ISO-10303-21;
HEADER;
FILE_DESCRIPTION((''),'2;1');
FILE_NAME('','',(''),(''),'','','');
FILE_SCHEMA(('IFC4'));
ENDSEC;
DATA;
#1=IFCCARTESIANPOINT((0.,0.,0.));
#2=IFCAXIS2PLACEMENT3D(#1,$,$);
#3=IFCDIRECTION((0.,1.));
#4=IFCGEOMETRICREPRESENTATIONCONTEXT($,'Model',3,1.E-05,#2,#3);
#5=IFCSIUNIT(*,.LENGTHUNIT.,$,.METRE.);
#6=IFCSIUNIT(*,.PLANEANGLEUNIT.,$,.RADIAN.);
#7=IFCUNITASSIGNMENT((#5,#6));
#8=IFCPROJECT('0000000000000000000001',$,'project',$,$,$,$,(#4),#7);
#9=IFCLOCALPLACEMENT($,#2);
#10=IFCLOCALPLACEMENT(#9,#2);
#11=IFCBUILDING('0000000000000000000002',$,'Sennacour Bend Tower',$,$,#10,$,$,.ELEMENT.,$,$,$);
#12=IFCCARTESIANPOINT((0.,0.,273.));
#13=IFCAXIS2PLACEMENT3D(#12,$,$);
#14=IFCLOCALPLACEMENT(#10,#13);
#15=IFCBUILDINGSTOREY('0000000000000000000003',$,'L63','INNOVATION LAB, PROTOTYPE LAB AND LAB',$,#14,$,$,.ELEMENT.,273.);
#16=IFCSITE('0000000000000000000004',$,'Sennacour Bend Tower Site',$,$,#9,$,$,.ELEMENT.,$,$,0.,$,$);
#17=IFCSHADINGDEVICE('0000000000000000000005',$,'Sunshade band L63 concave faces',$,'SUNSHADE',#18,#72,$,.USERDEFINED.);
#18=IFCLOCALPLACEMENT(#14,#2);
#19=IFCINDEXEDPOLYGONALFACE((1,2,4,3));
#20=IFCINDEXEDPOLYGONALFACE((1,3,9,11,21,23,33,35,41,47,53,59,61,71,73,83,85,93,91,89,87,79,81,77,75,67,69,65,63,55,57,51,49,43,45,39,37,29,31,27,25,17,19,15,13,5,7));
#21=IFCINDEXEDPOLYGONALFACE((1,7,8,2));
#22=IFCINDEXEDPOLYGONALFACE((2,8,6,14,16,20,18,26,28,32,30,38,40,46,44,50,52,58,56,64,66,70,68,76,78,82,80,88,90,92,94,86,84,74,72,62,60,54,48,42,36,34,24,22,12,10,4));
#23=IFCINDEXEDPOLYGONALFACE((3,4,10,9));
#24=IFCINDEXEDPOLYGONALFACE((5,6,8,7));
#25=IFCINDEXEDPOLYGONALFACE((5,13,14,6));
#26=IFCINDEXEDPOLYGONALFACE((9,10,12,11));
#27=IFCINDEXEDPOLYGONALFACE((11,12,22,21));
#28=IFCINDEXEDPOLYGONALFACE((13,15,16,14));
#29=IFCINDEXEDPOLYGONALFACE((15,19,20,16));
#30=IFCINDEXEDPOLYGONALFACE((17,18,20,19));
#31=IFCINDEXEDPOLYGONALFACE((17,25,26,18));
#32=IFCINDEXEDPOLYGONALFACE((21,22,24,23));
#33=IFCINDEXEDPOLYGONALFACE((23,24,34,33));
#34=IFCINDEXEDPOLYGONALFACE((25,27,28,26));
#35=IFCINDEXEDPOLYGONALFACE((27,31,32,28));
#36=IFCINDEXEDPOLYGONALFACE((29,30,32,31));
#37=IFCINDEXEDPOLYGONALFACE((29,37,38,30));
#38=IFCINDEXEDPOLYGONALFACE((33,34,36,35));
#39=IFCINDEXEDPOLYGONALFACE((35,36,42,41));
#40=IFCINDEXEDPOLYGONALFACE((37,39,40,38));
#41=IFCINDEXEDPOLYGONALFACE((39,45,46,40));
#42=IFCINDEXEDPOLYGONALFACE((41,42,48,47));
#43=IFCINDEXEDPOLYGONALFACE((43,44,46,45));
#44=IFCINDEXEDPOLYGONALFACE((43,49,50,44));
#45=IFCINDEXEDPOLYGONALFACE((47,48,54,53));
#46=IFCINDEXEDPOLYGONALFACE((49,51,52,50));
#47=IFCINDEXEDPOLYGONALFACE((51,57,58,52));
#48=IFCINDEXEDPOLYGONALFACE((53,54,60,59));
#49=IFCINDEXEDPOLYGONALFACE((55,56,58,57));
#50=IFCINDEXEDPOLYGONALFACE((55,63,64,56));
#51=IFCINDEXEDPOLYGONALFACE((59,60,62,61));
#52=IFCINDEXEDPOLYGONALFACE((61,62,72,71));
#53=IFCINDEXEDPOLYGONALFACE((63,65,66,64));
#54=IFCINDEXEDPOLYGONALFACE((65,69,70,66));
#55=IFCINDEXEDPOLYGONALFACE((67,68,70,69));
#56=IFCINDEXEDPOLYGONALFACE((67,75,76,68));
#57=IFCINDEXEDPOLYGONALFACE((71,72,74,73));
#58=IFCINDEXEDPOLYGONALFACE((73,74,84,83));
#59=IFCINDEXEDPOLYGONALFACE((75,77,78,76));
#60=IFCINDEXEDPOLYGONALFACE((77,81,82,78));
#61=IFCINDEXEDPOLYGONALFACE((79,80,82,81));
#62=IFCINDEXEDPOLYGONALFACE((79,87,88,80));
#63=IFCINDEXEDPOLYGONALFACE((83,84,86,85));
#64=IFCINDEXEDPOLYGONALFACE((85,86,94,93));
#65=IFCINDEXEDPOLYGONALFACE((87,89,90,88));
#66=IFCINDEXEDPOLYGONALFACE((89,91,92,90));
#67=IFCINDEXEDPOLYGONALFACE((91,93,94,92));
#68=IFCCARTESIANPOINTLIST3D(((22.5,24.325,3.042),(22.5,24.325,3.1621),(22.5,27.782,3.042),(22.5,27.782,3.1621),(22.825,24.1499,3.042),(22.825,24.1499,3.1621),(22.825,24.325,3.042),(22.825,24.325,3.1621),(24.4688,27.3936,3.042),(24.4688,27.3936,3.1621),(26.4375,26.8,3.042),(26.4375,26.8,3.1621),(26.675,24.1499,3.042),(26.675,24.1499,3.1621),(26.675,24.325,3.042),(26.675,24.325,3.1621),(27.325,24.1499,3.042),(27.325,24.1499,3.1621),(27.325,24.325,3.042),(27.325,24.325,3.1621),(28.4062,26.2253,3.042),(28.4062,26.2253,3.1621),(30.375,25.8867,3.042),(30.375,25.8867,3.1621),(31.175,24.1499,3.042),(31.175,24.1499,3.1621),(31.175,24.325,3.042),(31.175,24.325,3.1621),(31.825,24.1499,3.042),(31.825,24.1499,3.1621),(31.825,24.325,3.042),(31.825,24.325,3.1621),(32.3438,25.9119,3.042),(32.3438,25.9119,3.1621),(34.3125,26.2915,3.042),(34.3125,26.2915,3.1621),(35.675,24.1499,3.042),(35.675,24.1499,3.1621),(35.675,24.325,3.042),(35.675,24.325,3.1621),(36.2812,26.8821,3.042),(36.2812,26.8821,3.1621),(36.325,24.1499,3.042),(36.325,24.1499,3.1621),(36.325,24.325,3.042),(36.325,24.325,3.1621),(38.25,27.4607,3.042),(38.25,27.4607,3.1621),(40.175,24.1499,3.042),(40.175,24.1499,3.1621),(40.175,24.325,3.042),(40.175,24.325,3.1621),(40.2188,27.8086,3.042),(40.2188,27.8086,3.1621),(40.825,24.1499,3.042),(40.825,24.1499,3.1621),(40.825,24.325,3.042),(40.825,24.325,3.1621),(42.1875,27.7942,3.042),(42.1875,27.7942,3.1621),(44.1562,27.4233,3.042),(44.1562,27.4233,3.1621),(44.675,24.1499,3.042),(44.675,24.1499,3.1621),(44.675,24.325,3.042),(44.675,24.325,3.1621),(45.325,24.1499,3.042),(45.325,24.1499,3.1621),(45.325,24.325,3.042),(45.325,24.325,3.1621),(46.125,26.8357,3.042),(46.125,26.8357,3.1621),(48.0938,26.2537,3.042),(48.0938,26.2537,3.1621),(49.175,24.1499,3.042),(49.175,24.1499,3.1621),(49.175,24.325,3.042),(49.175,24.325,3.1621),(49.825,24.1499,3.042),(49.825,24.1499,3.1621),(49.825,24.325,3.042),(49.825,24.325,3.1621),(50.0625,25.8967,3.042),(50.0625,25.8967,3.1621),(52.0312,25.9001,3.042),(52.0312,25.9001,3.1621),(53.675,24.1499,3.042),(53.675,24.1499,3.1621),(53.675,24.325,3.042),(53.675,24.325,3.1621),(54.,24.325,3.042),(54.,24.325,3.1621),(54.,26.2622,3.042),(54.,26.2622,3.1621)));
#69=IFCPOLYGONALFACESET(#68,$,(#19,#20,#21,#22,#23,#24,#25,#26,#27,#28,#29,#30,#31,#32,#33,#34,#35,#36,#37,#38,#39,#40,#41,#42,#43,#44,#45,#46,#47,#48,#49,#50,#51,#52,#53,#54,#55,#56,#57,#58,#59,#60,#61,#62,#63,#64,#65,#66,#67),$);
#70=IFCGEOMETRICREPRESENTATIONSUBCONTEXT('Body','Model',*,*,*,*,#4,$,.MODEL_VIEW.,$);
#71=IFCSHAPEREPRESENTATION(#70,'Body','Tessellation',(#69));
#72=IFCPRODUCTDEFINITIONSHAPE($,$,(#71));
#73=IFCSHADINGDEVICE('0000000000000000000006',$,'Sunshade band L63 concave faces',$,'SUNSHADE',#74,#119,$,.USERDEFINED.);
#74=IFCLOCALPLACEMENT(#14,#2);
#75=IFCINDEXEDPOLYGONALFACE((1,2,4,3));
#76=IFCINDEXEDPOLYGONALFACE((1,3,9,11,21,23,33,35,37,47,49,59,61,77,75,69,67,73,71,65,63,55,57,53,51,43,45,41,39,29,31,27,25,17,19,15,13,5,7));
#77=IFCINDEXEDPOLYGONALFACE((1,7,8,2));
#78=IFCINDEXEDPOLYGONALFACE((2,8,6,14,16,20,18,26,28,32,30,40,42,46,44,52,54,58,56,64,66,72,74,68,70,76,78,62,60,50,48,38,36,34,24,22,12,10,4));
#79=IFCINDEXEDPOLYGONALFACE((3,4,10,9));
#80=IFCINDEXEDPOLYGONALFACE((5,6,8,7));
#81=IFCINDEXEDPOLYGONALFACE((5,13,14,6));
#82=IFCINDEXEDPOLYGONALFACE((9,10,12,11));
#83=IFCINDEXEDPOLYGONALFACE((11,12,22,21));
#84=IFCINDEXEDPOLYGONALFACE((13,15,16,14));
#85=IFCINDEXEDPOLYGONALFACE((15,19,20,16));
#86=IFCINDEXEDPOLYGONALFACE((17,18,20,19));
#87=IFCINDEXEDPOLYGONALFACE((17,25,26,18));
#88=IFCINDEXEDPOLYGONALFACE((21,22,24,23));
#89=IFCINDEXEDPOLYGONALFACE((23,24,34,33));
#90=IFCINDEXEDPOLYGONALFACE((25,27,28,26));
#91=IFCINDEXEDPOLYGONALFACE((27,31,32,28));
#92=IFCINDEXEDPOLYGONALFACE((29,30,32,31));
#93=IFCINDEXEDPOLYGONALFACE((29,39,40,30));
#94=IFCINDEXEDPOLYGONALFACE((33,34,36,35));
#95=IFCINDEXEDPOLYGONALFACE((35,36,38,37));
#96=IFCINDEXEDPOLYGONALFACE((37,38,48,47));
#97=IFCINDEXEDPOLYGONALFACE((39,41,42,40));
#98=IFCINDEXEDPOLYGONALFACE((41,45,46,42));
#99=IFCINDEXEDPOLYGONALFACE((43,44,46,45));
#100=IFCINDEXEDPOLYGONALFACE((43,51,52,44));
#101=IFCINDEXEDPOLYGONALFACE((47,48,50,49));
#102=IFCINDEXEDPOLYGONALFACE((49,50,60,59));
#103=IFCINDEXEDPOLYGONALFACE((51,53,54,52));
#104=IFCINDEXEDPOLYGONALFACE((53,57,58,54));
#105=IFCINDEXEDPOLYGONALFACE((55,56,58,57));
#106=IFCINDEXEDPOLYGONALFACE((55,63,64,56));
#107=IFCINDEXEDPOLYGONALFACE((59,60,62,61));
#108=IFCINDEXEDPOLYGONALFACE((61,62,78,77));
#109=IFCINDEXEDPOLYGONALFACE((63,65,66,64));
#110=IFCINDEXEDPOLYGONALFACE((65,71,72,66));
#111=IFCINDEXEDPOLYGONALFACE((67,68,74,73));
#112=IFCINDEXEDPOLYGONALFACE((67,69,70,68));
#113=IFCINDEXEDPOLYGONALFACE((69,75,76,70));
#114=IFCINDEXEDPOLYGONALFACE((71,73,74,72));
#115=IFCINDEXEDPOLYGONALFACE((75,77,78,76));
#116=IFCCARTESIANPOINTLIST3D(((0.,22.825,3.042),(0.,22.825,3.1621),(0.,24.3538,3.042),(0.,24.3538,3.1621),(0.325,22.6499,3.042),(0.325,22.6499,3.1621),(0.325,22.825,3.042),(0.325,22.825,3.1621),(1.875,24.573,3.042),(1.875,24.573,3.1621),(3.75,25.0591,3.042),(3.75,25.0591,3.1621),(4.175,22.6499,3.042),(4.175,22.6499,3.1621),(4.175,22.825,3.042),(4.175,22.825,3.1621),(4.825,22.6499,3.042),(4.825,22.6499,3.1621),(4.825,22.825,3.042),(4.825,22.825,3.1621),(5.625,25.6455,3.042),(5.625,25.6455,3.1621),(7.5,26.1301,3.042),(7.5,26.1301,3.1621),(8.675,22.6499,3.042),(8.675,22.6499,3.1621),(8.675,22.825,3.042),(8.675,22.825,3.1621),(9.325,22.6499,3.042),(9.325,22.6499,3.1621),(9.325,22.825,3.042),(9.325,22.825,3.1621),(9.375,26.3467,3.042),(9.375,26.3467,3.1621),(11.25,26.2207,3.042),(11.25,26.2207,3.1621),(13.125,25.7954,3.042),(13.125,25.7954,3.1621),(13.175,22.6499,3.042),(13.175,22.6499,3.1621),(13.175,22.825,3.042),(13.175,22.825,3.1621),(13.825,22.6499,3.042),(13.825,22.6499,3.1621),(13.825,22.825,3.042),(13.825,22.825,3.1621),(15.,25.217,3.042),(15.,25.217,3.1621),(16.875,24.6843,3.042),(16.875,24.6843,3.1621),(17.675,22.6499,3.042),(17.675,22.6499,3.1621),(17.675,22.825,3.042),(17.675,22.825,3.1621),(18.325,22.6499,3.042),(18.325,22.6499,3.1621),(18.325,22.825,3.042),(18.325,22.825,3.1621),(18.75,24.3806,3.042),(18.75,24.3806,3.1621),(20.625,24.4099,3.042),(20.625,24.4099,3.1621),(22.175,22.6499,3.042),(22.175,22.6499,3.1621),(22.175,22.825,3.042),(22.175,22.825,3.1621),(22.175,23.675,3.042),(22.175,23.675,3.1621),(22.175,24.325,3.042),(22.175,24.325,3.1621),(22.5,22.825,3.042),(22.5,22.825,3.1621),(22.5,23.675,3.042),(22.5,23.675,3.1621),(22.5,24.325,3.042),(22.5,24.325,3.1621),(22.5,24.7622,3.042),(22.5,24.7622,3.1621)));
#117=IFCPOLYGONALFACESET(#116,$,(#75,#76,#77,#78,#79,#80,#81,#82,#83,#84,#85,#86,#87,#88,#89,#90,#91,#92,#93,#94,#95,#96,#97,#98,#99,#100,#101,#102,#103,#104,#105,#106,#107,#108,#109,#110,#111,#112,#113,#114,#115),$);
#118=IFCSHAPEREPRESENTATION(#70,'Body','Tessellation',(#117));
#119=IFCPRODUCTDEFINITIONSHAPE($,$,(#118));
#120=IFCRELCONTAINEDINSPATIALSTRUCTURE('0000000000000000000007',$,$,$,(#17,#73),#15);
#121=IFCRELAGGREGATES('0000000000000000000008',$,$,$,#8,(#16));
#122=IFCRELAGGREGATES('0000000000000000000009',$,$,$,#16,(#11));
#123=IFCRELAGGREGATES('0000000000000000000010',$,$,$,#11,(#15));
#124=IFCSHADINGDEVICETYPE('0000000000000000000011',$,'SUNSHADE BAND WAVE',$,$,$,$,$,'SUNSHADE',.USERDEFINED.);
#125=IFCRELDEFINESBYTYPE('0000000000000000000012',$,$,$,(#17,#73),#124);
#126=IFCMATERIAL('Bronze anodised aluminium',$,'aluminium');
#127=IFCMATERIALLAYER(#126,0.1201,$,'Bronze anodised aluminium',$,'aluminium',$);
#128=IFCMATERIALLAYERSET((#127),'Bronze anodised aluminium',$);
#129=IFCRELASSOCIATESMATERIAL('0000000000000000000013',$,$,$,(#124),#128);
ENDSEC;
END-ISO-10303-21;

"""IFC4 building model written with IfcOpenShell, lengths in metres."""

from ifc_helpers import new_model, si_unit, direction, frame, origin, place, context, subcontext, project, spatial, polyline, outline, extrude, material, layer, layer_set, type_object, element, save


model = new_model("IFC4")

# Units and contexts
model_context = context("Model", 3, precision=1e-05, world=origin(), true_north=direction((0.0, 1.0)))
body_context = subcontext(model_context, "Body", "Model", "MODEL_VIEW")
ifc_project = project(units=[si_unit("LENGTHUNIT", "METRE"), si_unit("PLANEANGLEUNIT", "RADIAN")], contexts=[model_context])

# Site, building, storey
site_placement = place(None, origin())
site = spatial("IfcSite", under=ifc_project, at=site_placement, Name="Sennacour Bend Tower Site", CompositionType="ELEMENT", RefElevation=0.0)
building_placement = place(site_placement, origin())
building = spatial("IfcBuilding", under=site, at=building_placement, Name="Sennacour Bend Tower", CompositionType="ELEMENT")
storey_placement = place(building_placement, frame((0.0, 0.0, 273.0)))
storey = spatial("IfcBuildingStorey", under=building, at=storey_placement, Name="L63", Description="INNOVATION LAB, PROTOTYPE LAB AND LAB", CompositionType="ELEMENT", Elevation=273.0)

# Shading devices
ifc_material_1 = material(Name="Bronze anodised aluminium", Category="aluminium")
ifc_layer_1 = layer(ifc_material_1, 0.1201, Name="Bronze anodised aluminium", Category="aluminium")
ifc_layer_set_1 = layer_set([ifc_layer_1], Name="Bronze anodised aluminium")
shading_device_type_1 = type_object("IfcShadingDeviceType", Name="SUNSHADE BAND WAVE", ElementType="SUNSHADE", PredefinedType="USERDEFINED", material=ifc_layer_set_1)
shading_device_1_placement = place(storey_placement, frame((0.0, 0.0, 3.042)))
element("IfcShadingDevice", 1, at=shading_device_1_placement, inside=storey, type_object=shading_device_type_1, Name="Sunshade band L63 concave faces", ObjectType="SUNSHADE", PredefinedType="USERDEFINED", context=body_context, shape_type="SweptSolid", body=[
    extrude(outline(polyline([(53.675, 24.1499), (49.825, 24.1499), (49.825, 24.325), (49.175, 24.325), (49.175, 24.1499), (45.325, 24.1499), (45.325, 24.325), (44.675, 24.325), (44.675, 24.1499), (40.825, 24.1499), (40.825, 24.325), (40.175, 24.325), (40.175, 24.1499), (36.325, 24.1499), (36.325, 24.325), (35.675, 24.325), (35.675, 24.1499), (31.825, 24.1499), (31.825, 24.325), (31.175, 24.325), (31.175, 24.1499), (27.325, 24.1499), (27.325, 24.325), (26.675, 24.325), (26.675, 24.1499), (22.825, 24.1499), (22.825, 24.325), (22.5, 24.325), (22.5, 27.782), (24.4688, 27.3936), (26.4375, 26.8), (28.4062, 26.2253), (30.375, 25.8867), (32.3438, 25.9119), (34.3125, 26.2915), (36.2812, 26.8821), (38.25, 27.4607), (40.2188, 27.8086), (42.1875, 27.7942), (44.1562, 27.4233), (46.125, 26.8357), (48.0938, 26.2537), (50.0625, 25.8967), (52.0312, 25.9001), (54.0, 26.2622), (54.0, 24.325), (53.675, 24.325), (53.675, 24.1499)])), origin(), (0.0, 0.0, 1.0), 0.1201),
])
shading_device_2_placement = place(storey_placement, frame((0.0, 0.0, 3.042)))
element("IfcShadingDevice", 2, at=shading_device_2_placement, inside=storey, type_object=shading_device_type_1, Name="Sunshade band L63 concave faces", ObjectType="SUNSHADE", PredefinedType="USERDEFINED", context=body_context, shape_type="SweptSolid", body=[
    extrude(outline(polyline([(22.175, 22.6499), (18.325, 22.6499), (18.325, 22.825), (17.675, 22.825), (17.675, 22.6499), (13.825, 22.6499), (13.825, 22.825), (13.175, 22.825), (13.175, 22.6499), (9.325, 22.6499), (9.325, 22.825), (8.675, 22.825), (8.675, 22.6499), (4.825, 22.6499), (4.825, 22.825), (4.175, 22.825), (4.175, 22.6499), (0.325, 22.6499), (0.325, 22.825), (0.0, 22.825), (0.0, 24.3538), (1.875, 24.573), (3.75, 25.0591), (5.625, 25.6455), (7.5, 26.1301), (9.375, 26.3467), (11.25, 26.2207), (13.125, 25.7954), (15.0, 25.217), (16.875, 24.6843), (18.75, 24.3806), (20.625, 24.4099), (22.5, 24.7622), (22.5, 24.325), (22.175, 24.325), (22.175, 23.675), (22.5, 23.675), (22.5, 22.825), (22.175, 22.825), (22.175, 22.6499)])), origin(), (0.0, 0.0, 1.0), 0.1201),
])

save(model, "model.ifc")
